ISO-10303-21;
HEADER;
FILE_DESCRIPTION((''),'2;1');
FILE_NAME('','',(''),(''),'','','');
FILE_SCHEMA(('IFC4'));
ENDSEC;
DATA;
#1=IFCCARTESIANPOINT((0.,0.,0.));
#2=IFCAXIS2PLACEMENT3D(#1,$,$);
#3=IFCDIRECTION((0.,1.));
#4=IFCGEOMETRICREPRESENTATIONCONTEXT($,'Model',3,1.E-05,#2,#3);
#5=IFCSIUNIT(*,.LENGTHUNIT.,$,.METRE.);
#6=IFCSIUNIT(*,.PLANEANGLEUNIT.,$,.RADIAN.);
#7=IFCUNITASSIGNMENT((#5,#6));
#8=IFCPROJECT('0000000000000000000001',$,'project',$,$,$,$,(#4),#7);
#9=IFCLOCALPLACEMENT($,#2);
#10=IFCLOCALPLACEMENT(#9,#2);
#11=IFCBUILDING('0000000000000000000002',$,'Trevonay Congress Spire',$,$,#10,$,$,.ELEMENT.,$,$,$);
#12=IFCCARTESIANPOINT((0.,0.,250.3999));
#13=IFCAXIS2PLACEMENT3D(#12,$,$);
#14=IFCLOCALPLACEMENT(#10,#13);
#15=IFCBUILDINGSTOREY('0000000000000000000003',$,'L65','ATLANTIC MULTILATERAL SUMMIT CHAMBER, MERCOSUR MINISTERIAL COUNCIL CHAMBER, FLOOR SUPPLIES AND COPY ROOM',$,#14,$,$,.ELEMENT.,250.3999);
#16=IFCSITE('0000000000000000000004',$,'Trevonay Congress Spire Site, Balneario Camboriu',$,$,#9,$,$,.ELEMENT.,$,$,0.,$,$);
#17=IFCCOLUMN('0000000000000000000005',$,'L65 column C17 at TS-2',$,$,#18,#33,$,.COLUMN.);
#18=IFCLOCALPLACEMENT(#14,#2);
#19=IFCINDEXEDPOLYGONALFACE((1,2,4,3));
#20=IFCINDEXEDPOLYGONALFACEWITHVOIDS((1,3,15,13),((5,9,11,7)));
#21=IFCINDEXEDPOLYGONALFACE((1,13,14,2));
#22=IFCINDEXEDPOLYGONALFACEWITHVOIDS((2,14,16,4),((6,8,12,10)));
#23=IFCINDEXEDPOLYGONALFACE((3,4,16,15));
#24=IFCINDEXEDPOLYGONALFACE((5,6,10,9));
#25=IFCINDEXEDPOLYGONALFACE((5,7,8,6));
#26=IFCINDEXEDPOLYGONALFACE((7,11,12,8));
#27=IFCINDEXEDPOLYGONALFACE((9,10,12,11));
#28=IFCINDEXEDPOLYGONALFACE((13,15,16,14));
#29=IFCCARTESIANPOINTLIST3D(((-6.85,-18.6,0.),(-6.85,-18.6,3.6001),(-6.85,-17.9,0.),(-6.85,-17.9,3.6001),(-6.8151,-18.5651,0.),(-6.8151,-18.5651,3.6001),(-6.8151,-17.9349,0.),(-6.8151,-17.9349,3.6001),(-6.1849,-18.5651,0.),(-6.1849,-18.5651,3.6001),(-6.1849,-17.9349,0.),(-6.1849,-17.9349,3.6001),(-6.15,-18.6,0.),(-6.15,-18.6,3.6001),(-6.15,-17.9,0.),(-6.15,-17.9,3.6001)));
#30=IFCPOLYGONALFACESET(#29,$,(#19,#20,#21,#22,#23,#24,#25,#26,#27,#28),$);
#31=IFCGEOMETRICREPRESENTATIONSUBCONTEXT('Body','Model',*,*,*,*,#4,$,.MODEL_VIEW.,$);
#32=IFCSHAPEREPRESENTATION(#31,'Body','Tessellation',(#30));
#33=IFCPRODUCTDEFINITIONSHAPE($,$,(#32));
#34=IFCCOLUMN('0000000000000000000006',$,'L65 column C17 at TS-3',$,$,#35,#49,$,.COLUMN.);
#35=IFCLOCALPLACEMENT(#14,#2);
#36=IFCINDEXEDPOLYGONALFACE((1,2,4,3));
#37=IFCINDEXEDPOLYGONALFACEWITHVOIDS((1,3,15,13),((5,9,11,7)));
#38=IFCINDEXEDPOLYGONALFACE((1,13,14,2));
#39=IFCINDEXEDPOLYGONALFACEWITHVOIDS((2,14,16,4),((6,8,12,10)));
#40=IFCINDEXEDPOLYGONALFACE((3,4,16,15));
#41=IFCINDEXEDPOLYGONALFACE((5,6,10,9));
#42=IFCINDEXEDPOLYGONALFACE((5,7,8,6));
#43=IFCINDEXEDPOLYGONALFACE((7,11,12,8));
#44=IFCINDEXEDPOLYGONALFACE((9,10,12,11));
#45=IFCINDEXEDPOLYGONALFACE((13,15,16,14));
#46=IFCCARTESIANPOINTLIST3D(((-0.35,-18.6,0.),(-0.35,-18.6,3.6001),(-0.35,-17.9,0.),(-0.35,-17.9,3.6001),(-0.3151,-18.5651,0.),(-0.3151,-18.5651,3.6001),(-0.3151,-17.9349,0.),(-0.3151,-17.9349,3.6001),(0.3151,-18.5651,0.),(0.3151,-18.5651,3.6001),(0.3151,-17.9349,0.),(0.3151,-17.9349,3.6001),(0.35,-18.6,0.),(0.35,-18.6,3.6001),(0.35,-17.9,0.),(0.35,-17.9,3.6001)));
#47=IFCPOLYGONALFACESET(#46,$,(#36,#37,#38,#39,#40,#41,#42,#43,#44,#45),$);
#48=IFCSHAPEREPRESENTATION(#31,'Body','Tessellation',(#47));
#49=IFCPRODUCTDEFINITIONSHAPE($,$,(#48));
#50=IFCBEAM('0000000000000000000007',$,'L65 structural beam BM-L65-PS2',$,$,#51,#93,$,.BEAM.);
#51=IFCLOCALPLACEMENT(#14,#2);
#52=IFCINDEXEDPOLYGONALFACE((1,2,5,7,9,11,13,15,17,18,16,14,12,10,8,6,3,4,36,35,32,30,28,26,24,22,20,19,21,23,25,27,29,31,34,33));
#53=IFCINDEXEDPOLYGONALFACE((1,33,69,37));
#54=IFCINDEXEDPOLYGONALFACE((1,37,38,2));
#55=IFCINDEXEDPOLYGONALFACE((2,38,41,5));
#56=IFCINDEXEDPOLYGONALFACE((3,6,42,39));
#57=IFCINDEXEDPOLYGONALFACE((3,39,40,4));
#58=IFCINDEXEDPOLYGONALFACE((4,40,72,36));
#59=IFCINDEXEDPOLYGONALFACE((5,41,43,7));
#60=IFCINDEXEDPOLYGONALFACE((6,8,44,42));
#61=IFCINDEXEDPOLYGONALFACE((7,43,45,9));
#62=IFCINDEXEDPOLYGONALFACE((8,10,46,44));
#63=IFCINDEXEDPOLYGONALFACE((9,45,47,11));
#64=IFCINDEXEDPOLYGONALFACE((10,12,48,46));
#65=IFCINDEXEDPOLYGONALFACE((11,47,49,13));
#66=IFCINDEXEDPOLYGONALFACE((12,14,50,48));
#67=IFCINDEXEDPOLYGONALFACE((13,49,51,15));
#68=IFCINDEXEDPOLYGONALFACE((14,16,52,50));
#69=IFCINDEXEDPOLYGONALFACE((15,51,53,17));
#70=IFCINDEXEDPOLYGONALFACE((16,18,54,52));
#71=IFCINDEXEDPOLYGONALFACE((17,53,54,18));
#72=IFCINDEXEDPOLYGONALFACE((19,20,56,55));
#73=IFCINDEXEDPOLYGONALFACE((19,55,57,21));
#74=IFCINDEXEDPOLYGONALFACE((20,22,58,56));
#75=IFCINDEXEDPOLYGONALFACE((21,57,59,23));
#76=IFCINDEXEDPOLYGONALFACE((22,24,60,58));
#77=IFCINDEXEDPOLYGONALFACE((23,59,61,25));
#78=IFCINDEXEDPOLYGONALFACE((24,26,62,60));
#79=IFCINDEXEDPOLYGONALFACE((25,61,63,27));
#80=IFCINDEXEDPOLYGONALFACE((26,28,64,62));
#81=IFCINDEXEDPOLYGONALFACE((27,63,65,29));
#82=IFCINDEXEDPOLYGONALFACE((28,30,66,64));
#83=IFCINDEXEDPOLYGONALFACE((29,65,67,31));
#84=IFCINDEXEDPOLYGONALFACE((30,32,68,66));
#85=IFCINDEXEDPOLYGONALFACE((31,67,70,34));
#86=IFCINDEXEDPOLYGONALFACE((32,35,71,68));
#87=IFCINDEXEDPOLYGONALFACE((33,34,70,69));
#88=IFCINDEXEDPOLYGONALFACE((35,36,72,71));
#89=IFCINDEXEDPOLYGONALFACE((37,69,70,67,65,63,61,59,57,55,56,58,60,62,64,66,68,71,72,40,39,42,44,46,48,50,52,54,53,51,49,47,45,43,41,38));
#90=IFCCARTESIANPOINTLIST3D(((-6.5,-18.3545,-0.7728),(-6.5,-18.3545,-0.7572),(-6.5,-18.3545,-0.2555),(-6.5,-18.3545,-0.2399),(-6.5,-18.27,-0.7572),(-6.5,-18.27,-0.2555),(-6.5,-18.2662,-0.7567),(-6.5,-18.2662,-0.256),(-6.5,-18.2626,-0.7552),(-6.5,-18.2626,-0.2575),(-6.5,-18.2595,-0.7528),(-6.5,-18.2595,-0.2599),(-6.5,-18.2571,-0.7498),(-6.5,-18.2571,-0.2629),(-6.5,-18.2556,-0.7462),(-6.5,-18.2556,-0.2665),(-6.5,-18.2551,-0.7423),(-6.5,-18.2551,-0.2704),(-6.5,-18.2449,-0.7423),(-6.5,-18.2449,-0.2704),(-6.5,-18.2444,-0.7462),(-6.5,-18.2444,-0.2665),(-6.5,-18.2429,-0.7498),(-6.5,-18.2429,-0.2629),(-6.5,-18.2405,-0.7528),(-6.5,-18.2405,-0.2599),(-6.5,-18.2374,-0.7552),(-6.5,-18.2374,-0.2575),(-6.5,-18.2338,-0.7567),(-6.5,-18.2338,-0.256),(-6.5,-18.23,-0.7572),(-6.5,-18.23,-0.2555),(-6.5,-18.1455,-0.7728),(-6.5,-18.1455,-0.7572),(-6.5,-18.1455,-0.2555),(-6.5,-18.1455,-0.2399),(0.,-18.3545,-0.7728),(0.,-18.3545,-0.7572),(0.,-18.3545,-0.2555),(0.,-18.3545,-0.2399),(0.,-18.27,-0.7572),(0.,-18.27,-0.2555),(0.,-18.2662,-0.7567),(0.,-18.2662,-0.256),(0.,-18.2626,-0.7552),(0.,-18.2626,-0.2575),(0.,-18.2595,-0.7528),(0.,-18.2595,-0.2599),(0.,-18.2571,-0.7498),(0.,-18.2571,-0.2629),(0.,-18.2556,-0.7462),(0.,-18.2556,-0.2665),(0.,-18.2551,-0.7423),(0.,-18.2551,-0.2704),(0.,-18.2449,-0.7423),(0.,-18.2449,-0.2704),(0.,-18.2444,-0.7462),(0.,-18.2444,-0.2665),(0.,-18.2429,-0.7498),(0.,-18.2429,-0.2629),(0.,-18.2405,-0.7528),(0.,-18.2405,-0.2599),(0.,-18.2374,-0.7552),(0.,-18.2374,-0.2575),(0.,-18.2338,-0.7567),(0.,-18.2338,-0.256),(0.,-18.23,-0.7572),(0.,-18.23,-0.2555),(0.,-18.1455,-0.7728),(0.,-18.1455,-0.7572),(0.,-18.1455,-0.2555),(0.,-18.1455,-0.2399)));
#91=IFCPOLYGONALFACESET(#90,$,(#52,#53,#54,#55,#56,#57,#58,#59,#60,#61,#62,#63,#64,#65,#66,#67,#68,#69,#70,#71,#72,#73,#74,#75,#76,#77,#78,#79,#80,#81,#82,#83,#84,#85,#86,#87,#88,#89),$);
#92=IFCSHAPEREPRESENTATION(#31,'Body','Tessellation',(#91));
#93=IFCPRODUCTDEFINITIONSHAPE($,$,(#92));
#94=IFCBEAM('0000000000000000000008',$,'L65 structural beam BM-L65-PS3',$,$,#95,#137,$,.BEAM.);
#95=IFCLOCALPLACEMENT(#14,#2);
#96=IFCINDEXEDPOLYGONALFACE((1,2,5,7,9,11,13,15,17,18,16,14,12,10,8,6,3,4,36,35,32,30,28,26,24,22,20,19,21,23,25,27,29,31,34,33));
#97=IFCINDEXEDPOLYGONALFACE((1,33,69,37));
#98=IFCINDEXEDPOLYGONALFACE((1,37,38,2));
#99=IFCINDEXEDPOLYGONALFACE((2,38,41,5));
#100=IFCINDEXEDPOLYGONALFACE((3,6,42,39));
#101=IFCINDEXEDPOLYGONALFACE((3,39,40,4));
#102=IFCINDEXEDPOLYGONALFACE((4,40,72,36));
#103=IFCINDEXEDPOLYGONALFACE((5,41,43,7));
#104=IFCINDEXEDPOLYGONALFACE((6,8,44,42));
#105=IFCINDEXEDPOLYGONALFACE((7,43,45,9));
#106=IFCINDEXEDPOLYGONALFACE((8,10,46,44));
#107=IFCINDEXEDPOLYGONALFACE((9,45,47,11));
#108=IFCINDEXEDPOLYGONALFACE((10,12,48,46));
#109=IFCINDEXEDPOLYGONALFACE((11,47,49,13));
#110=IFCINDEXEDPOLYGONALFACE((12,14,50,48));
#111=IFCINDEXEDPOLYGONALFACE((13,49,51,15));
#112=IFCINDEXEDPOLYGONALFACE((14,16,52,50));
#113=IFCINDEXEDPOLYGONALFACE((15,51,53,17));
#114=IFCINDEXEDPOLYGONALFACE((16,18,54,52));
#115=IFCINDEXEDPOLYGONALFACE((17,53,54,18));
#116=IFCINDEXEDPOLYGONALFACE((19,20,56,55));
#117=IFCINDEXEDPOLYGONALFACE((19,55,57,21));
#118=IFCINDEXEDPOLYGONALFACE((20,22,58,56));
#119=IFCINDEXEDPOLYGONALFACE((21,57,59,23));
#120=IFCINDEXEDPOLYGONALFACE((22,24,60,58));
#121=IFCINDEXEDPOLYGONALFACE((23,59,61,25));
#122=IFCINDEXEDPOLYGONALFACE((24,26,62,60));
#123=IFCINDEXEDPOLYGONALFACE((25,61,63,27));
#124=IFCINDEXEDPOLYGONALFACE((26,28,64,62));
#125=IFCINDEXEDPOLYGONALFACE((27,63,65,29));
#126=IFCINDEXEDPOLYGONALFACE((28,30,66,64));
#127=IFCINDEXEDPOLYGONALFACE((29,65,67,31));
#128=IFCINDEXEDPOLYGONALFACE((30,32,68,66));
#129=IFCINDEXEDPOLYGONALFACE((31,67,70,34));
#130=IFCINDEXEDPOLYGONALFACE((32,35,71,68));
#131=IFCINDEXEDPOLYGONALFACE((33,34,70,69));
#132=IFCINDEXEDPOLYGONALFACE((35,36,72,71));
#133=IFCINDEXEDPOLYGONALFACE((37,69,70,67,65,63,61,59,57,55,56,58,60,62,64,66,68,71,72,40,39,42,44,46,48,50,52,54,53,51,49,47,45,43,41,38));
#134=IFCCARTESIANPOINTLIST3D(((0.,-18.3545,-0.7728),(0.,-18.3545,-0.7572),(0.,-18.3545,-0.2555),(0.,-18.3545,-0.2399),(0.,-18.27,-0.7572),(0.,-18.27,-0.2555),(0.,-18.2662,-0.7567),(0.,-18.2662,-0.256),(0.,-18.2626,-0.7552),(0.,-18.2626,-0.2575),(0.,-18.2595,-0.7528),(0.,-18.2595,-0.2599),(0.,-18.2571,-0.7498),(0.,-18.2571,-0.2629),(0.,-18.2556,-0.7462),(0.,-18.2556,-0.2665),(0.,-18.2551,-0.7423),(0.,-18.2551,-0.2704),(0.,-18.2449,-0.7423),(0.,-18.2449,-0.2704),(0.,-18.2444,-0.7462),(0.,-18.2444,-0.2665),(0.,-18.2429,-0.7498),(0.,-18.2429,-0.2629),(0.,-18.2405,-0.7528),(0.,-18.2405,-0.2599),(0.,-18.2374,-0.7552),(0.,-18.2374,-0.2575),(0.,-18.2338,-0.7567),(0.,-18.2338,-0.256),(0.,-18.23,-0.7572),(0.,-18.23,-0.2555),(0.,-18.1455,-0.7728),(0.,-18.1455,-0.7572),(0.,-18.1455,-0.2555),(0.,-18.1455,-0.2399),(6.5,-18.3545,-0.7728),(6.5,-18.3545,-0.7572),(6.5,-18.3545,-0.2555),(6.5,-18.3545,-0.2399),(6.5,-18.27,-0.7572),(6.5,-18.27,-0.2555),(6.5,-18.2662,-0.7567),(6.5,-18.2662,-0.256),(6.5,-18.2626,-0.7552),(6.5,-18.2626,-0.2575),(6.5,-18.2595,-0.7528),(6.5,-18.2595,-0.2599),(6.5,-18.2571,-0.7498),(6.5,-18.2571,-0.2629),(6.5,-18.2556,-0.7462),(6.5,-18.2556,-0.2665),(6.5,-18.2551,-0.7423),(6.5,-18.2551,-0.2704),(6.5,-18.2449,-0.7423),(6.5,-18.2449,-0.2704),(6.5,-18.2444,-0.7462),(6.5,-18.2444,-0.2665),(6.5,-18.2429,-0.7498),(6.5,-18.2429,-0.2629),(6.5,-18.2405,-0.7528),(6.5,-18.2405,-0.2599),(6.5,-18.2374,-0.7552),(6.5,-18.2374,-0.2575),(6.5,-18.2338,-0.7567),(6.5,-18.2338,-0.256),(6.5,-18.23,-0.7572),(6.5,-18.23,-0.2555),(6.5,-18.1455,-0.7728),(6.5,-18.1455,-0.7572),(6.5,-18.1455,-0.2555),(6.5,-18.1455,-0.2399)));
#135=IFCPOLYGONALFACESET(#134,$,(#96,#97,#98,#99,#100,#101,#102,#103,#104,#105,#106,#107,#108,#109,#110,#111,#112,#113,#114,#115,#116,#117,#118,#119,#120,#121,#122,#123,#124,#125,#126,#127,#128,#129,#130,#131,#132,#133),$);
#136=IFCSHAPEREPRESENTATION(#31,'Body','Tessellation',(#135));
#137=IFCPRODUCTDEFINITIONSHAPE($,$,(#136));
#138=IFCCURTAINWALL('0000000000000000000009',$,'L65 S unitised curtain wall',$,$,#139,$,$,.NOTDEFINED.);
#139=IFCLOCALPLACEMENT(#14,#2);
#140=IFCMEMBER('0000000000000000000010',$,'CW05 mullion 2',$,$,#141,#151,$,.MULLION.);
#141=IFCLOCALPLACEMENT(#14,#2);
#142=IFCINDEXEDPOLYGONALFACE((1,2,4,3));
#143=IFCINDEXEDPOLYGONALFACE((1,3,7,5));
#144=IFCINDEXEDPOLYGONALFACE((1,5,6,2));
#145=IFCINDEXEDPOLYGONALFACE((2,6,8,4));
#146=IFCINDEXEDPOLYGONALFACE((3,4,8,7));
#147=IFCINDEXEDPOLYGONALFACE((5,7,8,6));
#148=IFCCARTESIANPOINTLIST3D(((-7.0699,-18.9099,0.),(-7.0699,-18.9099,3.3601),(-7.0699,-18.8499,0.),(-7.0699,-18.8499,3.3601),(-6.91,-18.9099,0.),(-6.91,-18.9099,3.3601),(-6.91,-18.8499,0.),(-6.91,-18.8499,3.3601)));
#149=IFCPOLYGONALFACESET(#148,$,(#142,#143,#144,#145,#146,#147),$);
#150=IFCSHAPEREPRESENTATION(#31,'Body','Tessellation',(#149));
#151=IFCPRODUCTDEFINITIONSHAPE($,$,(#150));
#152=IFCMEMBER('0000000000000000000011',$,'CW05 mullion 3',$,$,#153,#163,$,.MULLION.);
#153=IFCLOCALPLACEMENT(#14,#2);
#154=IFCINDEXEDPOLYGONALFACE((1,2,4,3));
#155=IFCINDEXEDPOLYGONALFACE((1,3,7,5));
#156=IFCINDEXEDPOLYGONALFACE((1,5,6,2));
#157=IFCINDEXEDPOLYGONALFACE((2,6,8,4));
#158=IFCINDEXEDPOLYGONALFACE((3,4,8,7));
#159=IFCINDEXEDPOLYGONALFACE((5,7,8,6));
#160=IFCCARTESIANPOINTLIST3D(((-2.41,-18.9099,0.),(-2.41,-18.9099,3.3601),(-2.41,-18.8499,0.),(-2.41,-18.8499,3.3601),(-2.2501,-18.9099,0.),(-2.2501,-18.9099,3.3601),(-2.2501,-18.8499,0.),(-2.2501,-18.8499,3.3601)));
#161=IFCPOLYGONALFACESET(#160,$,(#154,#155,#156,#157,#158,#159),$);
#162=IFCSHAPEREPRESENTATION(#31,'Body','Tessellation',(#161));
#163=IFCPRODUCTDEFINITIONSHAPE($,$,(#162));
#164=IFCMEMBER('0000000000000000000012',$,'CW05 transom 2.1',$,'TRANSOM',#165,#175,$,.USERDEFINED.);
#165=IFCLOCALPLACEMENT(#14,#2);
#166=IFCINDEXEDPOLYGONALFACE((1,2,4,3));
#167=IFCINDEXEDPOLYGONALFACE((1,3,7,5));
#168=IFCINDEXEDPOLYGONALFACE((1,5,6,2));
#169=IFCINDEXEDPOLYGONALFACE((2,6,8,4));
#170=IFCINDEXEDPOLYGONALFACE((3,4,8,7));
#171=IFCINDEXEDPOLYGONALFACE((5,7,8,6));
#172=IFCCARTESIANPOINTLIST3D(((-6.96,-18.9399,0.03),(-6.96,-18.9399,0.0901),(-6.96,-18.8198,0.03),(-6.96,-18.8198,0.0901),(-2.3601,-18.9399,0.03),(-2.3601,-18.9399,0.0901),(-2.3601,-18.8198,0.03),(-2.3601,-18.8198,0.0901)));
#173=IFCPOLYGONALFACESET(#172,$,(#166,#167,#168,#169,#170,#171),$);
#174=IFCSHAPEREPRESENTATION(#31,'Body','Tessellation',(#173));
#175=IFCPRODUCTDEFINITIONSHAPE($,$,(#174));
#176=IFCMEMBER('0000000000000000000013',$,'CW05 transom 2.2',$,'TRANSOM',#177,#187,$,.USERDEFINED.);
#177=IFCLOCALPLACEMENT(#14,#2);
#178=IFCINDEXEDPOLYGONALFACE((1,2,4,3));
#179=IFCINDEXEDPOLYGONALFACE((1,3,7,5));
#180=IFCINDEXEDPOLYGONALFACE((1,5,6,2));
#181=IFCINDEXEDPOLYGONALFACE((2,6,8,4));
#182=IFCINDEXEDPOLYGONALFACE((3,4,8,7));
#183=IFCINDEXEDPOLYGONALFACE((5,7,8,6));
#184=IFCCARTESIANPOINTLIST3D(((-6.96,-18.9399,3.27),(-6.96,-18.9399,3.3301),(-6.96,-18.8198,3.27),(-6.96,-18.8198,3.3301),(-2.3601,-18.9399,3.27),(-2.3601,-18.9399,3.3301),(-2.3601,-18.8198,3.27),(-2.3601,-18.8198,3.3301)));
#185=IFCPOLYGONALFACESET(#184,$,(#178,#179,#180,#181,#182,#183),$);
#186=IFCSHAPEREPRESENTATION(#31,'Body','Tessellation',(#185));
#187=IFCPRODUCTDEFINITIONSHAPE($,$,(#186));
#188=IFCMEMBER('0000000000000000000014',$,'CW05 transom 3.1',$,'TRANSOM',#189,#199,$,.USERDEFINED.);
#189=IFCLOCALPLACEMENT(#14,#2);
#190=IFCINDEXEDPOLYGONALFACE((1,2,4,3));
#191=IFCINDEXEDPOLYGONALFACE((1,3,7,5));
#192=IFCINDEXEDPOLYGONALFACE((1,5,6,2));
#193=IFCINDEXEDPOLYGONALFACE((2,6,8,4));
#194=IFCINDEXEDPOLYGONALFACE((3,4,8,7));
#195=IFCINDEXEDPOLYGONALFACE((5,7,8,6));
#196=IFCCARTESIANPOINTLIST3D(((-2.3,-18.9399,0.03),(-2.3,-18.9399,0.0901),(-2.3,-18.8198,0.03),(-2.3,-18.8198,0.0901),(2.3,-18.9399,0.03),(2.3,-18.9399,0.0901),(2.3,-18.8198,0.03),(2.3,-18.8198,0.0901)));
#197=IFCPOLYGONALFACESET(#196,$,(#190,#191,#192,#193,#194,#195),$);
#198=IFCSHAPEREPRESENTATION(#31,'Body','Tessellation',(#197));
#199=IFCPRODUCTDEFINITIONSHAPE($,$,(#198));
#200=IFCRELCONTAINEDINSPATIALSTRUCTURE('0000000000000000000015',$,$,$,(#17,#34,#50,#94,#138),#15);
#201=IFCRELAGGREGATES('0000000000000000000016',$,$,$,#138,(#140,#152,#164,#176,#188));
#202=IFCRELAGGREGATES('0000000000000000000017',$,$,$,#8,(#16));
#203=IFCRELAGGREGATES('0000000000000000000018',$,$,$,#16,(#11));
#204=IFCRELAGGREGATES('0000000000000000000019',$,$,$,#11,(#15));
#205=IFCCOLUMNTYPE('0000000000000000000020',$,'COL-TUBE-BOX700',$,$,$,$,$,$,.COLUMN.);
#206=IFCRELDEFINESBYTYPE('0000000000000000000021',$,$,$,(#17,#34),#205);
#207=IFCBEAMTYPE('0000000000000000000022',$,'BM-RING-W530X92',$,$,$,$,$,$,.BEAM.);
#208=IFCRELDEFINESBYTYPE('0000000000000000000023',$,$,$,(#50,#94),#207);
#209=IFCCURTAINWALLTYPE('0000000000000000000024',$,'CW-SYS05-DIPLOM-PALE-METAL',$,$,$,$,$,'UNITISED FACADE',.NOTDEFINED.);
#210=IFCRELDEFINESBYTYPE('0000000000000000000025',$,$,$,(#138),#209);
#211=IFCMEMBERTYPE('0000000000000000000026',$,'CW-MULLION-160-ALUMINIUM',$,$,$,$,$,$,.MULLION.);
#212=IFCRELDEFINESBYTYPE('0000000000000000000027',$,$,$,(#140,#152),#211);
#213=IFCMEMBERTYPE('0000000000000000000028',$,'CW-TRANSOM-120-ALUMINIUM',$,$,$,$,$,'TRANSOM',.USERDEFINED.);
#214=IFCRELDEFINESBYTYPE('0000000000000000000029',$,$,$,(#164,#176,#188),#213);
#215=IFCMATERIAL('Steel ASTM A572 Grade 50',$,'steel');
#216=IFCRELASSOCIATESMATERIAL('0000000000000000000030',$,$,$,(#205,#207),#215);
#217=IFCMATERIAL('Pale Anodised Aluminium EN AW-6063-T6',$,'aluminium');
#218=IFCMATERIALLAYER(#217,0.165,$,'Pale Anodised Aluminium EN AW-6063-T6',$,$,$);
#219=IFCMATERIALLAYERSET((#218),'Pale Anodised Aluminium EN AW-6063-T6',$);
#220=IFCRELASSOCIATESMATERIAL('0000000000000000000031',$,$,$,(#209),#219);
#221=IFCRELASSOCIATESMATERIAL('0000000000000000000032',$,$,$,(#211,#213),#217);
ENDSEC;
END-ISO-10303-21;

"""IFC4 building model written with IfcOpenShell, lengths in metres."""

from ifc_helpers import new_model, si_unit, direction, frame, origin, origin_2d, place, context, subcontext, project, spatial, rectangle, hollow_rectangle, i_section, extrude, material, layer, layer_set, material_profile, profile_set, type_object, element, aggregate, save


model = new_model("IFC4")

# Units and contexts
model_context = context("Model", 3, precision=1e-05, world=origin(), true_north=direction((0.0, 1.0)))
body_context = subcontext(model_context, "Body", "Model", "MODEL_VIEW")
ifc_project = project(units=[si_unit("LENGTHUNIT", "METRE"), si_unit("PLANEANGLEUNIT", "RADIAN")], contexts=[model_context])

# Site, building, storey
site_placement = place(None, origin())
site = spatial("IfcSite", under=ifc_project, at=site_placement, Name="Trevonay Congress Spire Site, Balneario Camboriu", CompositionType="ELEMENT", RefElevation=0.0)
building_placement = place(site_placement, origin())
building = spatial("IfcBuilding", under=site, at=building_placement, Name="Trevonay Congress Spire", CompositionType="ELEMENT")
storey_placement = place(building_placement, frame((0.0, 0.0, 250.3999)))
storey = spatial("IfcBuildingStorey", under=building, at=storey_placement, Name="L65", Description="ATLANTIC MULTILATERAL SUMMIT CHAMBER, MERCOSUR MINISTERIAL COUNCIL CHAMBER, FLOOR SUPPLIES AND COPY ROOM", CompositionType="ELEMENT", Elevation=250.3999)

# Columns
ifc_material_1 = material(Name="Steel ASTM A572 Grade 50", Category="steel")
ifc_material_profile_1 = material_profile(ifc_material_1, hollow_rectangle(XDim=0.7, YDim=0.7, WallThickness=0.0349, at=origin_2d()), Name="BOX 700x700x35")
ifc_profile_set_1 = profile_set([ifc_material_profile_1], Name="Steel ASTM A572 Grade 50")
column_type = type_object("IfcColumnType", Name="COL-TUBE-BOX700", PredefinedType="COLUMN", material=ifc_profile_set_1)
for number, where, z_axis, x_axis, name in (
    (1, (-6.5, -18.25, 0.0), (0.0, 0.0, 1.0), (1.0, 0.0, 0.0), "L65 column C17 at TS-2"),
    (2, (0.0, -18.25, 0.0), (0.0, 0.0, 1.0), (1.0, 0.0, 0.0), "L65 column C17 at TS-3"),
):
    element("IfcColumn", number, at=place(storey_placement, frame(where, z_axis=z_axis, x_axis=x_axis)), inside=storey, type_object=column_type, Name=name, PredefinedType="COLUMN", context=body_context, shape_type="SweptSolid", body=[
        extrude(hollow_rectangle(XDim=0.7, YDim=0.7, WallThickness=0.0349, at=origin_2d()), origin(), (0.0, 0.0, 1.0), 3.6001),
    ])

# Beams
ifc_material_profile_2 = material_profile(ifc_material_1, i_section(OverallWidth=0.209, OverallDepth=0.533, WebThickness=0.0103, FlangeThickness=0.0156, FilletRadius=0.0149, at=origin_2d()), Name="W530x92")
ifc_profile_set_2 = profile_set([ifc_material_profile_2], Name="Steel ASTM A572 Grade 50")
beam_type_1 = type_object("IfcBeamType", Name="BM-RING-W530X92", PredefinedType="BEAM", material=ifc_profile_set_2)
for number, where, z_axis, x_axis, name in (
    (3, (-6.5, -18.25, -0.5063), (1.0, 0.0, 0.0), (0.0, 1.0, 0.0), "L65 structural beam BM-L65-PS2"),
    (4, (0.0, -18.25, -0.5063), (1.0, 0.0, 0.0), (0.0, 1.0, 0.0), "L65 structural beam BM-L65-PS3"),
):
    element("IfcBeam", number, at=place(storey_placement, frame(where, z_axis=z_axis, x_axis=x_axis)), inside=storey, type_object=beam_type_1, Name=name, PredefinedType="BEAM", context=body_context, shape_type="SweptSolid", body=[
        extrude(i_section(OverallWidth=0.209, OverallDepth=0.533, WebThickness=0.0103, FlangeThickness=0.0156, FilletRadius=0.0149, at=origin_2d()), origin(), (0.0, 0.0, 1.0), 6.5),
    ])

# Curtain wall, members
ifc_material_2 = material(Name="Pale Anodised Aluminium EN AW-6063-T6", Category="aluminium")
ifc_layer_1 = layer(ifc_material_2, 0.165, Name="Pale Anodised Aluminium EN AW-6063-T6")
ifc_layer_set_1 = layer_set([ifc_layer_1], Name="Pale Anodised Aluminium EN AW-6063-T6")
curtain_wall_type = type_object("IfcCurtainWallType", Name="CW-SYS05-DIPLOM-PALE-METAL", ElementType="UNITISED FACADE", PredefinedType="NOTDEFINED", material=ifc_layer_set_1)
curtain_wall_placement = place(storey_placement, origin())
curtain_wall = element("IfcCurtainWall", 5, at=curtain_wall_placement, inside=storey, type_object=curtain_wall_type, Name="L65 S unitised curtain wall", PredefinedType="NOTDEFINED")
ifc_material_profile_3 = material_profile(ifc_material_2, rectangle(XDim=0.0601, YDim=0.1599, at=origin_2d()), Name="CW-MULLION-160-ALUMINIUM")
ifc_profile_set_3 = profile_set([ifc_material_profile_3], Name="Pale Anodised Aluminium EN AW-6063-T6")
member_type_1 = type_object("IfcMemberType", Name="CW-MULLION-160-ALUMINIUM", PredefinedType="MULLION", material=ifc_profile_set_3)
member_1_placement = place(storey_placement, frame((-6.99, -18.8799, 0.0), z_axis=(0.0, 0.0, 1.0), x_axis=(0.0, 1.0, 0.0)))
member_1 = element("IfcMember", 6, at=member_1_placement, type_object=member_type_1, Name="CW05 mullion 2", PredefinedType="MULLION", context=body_context, shape_type="SweptSolid", body=[
    extrude(rectangle(XDim=0.0601, YDim=0.1599, at=origin_2d()), origin(), (0.0, 0.0, 1.0), 3.3601),
])
member_2_placement = place(storey_placement, frame((-2.3301, -18.8799, 0.0), z_axis=(0.0, 0.0, 1.0), x_axis=(0.0, 1.0, 0.0)))
member_2 = element("IfcMember", 7, at=member_2_placement, type_object=member_type_1, Name="CW05 mullion 3", PredefinedType="MULLION", context=body_context, shape_type="SweptSolid", body=[
    extrude(rectangle(XDim=0.0601, YDim=0.1599, at=origin_2d()), origin(), (0.0, 0.0, 1.0), 3.3601),
])
ifc_material_profile_4 = material_profile(ifc_material_2, rectangle(XDim=0.1201, YDim=0.0601, at=origin_2d()), Name="CW-TRANSOM-120-ALUMINIUM")
ifc_profile_set_4 = profile_set([ifc_material_profile_4], Name="Pale Anodised Aluminium EN AW-6063-T6")
member_type_2 = type_object("IfcMemberType", Name="CW-TRANSOM-120-ALUMINIUM", ElementType="TRANSOM", PredefinedType="USERDEFINED", material=ifc_profile_set_4)
member_3_placement = place(storey_placement, frame((-6.96, -18.8799, 0.0601), z_axis=(1.0, 0.0, 0.0), x_axis=(0.0, 1.0, 0.0)))
member_3 = element("IfcMember", 8, at=member_3_placement, type_object=member_type_2, Name="CW05 transom 2.1", ObjectType="TRANSOM", PredefinedType="USERDEFINED", context=body_context, shape_type="SweptSolid", body=[
    extrude(rectangle(XDim=0.1201, YDim=0.0601, at=origin_2d()), origin(), (0.0, 0.0, 1.0), 4.5999),
])
member_4_placement = place(storey_placement, frame((-6.96, -18.8799, 3.3), z_axis=(1.0, 0.0, 0.0), x_axis=(0.0, 1.0, 0.0)))
member_4 = element("IfcMember", 9, at=member_4_placement, type_object=member_type_2, Name="CW05 transom 2.2", ObjectType="TRANSOM", PredefinedType="USERDEFINED", context=body_context, shape_type="SweptSolid", body=[
    extrude(rectangle(XDim=0.1201, YDim=0.0601, at=origin_2d()), origin(), (0.0, 0.0, 1.0), 4.5999),
])
member_5_placement = place(storey_placement, frame((-2.3, -18.8799, 0.0601), z_axis=(1.0, 0.0, 0.0), x_axis=(0.0, 1.0, 0.0)))
member_5 = element("IfcMember", 10, at=member_5_placement, type_object=member_type_2, Name="CW05 transom 3.1", ObjectType="TRANSOM", PredefinedType="USERDEFINED", context=body_context, shape_type="SweptSolid", body=[
    extrude(rectangle(XDim=0.1201, YDim=0.0601, at=origin_2d()), origin(), (0.0, 0.0, 1.0), 4.6001),
])

aggregate(curtain_wall, [member_1, member_2, member_3, member_4, member_5])

save(model, "model.ifc")
